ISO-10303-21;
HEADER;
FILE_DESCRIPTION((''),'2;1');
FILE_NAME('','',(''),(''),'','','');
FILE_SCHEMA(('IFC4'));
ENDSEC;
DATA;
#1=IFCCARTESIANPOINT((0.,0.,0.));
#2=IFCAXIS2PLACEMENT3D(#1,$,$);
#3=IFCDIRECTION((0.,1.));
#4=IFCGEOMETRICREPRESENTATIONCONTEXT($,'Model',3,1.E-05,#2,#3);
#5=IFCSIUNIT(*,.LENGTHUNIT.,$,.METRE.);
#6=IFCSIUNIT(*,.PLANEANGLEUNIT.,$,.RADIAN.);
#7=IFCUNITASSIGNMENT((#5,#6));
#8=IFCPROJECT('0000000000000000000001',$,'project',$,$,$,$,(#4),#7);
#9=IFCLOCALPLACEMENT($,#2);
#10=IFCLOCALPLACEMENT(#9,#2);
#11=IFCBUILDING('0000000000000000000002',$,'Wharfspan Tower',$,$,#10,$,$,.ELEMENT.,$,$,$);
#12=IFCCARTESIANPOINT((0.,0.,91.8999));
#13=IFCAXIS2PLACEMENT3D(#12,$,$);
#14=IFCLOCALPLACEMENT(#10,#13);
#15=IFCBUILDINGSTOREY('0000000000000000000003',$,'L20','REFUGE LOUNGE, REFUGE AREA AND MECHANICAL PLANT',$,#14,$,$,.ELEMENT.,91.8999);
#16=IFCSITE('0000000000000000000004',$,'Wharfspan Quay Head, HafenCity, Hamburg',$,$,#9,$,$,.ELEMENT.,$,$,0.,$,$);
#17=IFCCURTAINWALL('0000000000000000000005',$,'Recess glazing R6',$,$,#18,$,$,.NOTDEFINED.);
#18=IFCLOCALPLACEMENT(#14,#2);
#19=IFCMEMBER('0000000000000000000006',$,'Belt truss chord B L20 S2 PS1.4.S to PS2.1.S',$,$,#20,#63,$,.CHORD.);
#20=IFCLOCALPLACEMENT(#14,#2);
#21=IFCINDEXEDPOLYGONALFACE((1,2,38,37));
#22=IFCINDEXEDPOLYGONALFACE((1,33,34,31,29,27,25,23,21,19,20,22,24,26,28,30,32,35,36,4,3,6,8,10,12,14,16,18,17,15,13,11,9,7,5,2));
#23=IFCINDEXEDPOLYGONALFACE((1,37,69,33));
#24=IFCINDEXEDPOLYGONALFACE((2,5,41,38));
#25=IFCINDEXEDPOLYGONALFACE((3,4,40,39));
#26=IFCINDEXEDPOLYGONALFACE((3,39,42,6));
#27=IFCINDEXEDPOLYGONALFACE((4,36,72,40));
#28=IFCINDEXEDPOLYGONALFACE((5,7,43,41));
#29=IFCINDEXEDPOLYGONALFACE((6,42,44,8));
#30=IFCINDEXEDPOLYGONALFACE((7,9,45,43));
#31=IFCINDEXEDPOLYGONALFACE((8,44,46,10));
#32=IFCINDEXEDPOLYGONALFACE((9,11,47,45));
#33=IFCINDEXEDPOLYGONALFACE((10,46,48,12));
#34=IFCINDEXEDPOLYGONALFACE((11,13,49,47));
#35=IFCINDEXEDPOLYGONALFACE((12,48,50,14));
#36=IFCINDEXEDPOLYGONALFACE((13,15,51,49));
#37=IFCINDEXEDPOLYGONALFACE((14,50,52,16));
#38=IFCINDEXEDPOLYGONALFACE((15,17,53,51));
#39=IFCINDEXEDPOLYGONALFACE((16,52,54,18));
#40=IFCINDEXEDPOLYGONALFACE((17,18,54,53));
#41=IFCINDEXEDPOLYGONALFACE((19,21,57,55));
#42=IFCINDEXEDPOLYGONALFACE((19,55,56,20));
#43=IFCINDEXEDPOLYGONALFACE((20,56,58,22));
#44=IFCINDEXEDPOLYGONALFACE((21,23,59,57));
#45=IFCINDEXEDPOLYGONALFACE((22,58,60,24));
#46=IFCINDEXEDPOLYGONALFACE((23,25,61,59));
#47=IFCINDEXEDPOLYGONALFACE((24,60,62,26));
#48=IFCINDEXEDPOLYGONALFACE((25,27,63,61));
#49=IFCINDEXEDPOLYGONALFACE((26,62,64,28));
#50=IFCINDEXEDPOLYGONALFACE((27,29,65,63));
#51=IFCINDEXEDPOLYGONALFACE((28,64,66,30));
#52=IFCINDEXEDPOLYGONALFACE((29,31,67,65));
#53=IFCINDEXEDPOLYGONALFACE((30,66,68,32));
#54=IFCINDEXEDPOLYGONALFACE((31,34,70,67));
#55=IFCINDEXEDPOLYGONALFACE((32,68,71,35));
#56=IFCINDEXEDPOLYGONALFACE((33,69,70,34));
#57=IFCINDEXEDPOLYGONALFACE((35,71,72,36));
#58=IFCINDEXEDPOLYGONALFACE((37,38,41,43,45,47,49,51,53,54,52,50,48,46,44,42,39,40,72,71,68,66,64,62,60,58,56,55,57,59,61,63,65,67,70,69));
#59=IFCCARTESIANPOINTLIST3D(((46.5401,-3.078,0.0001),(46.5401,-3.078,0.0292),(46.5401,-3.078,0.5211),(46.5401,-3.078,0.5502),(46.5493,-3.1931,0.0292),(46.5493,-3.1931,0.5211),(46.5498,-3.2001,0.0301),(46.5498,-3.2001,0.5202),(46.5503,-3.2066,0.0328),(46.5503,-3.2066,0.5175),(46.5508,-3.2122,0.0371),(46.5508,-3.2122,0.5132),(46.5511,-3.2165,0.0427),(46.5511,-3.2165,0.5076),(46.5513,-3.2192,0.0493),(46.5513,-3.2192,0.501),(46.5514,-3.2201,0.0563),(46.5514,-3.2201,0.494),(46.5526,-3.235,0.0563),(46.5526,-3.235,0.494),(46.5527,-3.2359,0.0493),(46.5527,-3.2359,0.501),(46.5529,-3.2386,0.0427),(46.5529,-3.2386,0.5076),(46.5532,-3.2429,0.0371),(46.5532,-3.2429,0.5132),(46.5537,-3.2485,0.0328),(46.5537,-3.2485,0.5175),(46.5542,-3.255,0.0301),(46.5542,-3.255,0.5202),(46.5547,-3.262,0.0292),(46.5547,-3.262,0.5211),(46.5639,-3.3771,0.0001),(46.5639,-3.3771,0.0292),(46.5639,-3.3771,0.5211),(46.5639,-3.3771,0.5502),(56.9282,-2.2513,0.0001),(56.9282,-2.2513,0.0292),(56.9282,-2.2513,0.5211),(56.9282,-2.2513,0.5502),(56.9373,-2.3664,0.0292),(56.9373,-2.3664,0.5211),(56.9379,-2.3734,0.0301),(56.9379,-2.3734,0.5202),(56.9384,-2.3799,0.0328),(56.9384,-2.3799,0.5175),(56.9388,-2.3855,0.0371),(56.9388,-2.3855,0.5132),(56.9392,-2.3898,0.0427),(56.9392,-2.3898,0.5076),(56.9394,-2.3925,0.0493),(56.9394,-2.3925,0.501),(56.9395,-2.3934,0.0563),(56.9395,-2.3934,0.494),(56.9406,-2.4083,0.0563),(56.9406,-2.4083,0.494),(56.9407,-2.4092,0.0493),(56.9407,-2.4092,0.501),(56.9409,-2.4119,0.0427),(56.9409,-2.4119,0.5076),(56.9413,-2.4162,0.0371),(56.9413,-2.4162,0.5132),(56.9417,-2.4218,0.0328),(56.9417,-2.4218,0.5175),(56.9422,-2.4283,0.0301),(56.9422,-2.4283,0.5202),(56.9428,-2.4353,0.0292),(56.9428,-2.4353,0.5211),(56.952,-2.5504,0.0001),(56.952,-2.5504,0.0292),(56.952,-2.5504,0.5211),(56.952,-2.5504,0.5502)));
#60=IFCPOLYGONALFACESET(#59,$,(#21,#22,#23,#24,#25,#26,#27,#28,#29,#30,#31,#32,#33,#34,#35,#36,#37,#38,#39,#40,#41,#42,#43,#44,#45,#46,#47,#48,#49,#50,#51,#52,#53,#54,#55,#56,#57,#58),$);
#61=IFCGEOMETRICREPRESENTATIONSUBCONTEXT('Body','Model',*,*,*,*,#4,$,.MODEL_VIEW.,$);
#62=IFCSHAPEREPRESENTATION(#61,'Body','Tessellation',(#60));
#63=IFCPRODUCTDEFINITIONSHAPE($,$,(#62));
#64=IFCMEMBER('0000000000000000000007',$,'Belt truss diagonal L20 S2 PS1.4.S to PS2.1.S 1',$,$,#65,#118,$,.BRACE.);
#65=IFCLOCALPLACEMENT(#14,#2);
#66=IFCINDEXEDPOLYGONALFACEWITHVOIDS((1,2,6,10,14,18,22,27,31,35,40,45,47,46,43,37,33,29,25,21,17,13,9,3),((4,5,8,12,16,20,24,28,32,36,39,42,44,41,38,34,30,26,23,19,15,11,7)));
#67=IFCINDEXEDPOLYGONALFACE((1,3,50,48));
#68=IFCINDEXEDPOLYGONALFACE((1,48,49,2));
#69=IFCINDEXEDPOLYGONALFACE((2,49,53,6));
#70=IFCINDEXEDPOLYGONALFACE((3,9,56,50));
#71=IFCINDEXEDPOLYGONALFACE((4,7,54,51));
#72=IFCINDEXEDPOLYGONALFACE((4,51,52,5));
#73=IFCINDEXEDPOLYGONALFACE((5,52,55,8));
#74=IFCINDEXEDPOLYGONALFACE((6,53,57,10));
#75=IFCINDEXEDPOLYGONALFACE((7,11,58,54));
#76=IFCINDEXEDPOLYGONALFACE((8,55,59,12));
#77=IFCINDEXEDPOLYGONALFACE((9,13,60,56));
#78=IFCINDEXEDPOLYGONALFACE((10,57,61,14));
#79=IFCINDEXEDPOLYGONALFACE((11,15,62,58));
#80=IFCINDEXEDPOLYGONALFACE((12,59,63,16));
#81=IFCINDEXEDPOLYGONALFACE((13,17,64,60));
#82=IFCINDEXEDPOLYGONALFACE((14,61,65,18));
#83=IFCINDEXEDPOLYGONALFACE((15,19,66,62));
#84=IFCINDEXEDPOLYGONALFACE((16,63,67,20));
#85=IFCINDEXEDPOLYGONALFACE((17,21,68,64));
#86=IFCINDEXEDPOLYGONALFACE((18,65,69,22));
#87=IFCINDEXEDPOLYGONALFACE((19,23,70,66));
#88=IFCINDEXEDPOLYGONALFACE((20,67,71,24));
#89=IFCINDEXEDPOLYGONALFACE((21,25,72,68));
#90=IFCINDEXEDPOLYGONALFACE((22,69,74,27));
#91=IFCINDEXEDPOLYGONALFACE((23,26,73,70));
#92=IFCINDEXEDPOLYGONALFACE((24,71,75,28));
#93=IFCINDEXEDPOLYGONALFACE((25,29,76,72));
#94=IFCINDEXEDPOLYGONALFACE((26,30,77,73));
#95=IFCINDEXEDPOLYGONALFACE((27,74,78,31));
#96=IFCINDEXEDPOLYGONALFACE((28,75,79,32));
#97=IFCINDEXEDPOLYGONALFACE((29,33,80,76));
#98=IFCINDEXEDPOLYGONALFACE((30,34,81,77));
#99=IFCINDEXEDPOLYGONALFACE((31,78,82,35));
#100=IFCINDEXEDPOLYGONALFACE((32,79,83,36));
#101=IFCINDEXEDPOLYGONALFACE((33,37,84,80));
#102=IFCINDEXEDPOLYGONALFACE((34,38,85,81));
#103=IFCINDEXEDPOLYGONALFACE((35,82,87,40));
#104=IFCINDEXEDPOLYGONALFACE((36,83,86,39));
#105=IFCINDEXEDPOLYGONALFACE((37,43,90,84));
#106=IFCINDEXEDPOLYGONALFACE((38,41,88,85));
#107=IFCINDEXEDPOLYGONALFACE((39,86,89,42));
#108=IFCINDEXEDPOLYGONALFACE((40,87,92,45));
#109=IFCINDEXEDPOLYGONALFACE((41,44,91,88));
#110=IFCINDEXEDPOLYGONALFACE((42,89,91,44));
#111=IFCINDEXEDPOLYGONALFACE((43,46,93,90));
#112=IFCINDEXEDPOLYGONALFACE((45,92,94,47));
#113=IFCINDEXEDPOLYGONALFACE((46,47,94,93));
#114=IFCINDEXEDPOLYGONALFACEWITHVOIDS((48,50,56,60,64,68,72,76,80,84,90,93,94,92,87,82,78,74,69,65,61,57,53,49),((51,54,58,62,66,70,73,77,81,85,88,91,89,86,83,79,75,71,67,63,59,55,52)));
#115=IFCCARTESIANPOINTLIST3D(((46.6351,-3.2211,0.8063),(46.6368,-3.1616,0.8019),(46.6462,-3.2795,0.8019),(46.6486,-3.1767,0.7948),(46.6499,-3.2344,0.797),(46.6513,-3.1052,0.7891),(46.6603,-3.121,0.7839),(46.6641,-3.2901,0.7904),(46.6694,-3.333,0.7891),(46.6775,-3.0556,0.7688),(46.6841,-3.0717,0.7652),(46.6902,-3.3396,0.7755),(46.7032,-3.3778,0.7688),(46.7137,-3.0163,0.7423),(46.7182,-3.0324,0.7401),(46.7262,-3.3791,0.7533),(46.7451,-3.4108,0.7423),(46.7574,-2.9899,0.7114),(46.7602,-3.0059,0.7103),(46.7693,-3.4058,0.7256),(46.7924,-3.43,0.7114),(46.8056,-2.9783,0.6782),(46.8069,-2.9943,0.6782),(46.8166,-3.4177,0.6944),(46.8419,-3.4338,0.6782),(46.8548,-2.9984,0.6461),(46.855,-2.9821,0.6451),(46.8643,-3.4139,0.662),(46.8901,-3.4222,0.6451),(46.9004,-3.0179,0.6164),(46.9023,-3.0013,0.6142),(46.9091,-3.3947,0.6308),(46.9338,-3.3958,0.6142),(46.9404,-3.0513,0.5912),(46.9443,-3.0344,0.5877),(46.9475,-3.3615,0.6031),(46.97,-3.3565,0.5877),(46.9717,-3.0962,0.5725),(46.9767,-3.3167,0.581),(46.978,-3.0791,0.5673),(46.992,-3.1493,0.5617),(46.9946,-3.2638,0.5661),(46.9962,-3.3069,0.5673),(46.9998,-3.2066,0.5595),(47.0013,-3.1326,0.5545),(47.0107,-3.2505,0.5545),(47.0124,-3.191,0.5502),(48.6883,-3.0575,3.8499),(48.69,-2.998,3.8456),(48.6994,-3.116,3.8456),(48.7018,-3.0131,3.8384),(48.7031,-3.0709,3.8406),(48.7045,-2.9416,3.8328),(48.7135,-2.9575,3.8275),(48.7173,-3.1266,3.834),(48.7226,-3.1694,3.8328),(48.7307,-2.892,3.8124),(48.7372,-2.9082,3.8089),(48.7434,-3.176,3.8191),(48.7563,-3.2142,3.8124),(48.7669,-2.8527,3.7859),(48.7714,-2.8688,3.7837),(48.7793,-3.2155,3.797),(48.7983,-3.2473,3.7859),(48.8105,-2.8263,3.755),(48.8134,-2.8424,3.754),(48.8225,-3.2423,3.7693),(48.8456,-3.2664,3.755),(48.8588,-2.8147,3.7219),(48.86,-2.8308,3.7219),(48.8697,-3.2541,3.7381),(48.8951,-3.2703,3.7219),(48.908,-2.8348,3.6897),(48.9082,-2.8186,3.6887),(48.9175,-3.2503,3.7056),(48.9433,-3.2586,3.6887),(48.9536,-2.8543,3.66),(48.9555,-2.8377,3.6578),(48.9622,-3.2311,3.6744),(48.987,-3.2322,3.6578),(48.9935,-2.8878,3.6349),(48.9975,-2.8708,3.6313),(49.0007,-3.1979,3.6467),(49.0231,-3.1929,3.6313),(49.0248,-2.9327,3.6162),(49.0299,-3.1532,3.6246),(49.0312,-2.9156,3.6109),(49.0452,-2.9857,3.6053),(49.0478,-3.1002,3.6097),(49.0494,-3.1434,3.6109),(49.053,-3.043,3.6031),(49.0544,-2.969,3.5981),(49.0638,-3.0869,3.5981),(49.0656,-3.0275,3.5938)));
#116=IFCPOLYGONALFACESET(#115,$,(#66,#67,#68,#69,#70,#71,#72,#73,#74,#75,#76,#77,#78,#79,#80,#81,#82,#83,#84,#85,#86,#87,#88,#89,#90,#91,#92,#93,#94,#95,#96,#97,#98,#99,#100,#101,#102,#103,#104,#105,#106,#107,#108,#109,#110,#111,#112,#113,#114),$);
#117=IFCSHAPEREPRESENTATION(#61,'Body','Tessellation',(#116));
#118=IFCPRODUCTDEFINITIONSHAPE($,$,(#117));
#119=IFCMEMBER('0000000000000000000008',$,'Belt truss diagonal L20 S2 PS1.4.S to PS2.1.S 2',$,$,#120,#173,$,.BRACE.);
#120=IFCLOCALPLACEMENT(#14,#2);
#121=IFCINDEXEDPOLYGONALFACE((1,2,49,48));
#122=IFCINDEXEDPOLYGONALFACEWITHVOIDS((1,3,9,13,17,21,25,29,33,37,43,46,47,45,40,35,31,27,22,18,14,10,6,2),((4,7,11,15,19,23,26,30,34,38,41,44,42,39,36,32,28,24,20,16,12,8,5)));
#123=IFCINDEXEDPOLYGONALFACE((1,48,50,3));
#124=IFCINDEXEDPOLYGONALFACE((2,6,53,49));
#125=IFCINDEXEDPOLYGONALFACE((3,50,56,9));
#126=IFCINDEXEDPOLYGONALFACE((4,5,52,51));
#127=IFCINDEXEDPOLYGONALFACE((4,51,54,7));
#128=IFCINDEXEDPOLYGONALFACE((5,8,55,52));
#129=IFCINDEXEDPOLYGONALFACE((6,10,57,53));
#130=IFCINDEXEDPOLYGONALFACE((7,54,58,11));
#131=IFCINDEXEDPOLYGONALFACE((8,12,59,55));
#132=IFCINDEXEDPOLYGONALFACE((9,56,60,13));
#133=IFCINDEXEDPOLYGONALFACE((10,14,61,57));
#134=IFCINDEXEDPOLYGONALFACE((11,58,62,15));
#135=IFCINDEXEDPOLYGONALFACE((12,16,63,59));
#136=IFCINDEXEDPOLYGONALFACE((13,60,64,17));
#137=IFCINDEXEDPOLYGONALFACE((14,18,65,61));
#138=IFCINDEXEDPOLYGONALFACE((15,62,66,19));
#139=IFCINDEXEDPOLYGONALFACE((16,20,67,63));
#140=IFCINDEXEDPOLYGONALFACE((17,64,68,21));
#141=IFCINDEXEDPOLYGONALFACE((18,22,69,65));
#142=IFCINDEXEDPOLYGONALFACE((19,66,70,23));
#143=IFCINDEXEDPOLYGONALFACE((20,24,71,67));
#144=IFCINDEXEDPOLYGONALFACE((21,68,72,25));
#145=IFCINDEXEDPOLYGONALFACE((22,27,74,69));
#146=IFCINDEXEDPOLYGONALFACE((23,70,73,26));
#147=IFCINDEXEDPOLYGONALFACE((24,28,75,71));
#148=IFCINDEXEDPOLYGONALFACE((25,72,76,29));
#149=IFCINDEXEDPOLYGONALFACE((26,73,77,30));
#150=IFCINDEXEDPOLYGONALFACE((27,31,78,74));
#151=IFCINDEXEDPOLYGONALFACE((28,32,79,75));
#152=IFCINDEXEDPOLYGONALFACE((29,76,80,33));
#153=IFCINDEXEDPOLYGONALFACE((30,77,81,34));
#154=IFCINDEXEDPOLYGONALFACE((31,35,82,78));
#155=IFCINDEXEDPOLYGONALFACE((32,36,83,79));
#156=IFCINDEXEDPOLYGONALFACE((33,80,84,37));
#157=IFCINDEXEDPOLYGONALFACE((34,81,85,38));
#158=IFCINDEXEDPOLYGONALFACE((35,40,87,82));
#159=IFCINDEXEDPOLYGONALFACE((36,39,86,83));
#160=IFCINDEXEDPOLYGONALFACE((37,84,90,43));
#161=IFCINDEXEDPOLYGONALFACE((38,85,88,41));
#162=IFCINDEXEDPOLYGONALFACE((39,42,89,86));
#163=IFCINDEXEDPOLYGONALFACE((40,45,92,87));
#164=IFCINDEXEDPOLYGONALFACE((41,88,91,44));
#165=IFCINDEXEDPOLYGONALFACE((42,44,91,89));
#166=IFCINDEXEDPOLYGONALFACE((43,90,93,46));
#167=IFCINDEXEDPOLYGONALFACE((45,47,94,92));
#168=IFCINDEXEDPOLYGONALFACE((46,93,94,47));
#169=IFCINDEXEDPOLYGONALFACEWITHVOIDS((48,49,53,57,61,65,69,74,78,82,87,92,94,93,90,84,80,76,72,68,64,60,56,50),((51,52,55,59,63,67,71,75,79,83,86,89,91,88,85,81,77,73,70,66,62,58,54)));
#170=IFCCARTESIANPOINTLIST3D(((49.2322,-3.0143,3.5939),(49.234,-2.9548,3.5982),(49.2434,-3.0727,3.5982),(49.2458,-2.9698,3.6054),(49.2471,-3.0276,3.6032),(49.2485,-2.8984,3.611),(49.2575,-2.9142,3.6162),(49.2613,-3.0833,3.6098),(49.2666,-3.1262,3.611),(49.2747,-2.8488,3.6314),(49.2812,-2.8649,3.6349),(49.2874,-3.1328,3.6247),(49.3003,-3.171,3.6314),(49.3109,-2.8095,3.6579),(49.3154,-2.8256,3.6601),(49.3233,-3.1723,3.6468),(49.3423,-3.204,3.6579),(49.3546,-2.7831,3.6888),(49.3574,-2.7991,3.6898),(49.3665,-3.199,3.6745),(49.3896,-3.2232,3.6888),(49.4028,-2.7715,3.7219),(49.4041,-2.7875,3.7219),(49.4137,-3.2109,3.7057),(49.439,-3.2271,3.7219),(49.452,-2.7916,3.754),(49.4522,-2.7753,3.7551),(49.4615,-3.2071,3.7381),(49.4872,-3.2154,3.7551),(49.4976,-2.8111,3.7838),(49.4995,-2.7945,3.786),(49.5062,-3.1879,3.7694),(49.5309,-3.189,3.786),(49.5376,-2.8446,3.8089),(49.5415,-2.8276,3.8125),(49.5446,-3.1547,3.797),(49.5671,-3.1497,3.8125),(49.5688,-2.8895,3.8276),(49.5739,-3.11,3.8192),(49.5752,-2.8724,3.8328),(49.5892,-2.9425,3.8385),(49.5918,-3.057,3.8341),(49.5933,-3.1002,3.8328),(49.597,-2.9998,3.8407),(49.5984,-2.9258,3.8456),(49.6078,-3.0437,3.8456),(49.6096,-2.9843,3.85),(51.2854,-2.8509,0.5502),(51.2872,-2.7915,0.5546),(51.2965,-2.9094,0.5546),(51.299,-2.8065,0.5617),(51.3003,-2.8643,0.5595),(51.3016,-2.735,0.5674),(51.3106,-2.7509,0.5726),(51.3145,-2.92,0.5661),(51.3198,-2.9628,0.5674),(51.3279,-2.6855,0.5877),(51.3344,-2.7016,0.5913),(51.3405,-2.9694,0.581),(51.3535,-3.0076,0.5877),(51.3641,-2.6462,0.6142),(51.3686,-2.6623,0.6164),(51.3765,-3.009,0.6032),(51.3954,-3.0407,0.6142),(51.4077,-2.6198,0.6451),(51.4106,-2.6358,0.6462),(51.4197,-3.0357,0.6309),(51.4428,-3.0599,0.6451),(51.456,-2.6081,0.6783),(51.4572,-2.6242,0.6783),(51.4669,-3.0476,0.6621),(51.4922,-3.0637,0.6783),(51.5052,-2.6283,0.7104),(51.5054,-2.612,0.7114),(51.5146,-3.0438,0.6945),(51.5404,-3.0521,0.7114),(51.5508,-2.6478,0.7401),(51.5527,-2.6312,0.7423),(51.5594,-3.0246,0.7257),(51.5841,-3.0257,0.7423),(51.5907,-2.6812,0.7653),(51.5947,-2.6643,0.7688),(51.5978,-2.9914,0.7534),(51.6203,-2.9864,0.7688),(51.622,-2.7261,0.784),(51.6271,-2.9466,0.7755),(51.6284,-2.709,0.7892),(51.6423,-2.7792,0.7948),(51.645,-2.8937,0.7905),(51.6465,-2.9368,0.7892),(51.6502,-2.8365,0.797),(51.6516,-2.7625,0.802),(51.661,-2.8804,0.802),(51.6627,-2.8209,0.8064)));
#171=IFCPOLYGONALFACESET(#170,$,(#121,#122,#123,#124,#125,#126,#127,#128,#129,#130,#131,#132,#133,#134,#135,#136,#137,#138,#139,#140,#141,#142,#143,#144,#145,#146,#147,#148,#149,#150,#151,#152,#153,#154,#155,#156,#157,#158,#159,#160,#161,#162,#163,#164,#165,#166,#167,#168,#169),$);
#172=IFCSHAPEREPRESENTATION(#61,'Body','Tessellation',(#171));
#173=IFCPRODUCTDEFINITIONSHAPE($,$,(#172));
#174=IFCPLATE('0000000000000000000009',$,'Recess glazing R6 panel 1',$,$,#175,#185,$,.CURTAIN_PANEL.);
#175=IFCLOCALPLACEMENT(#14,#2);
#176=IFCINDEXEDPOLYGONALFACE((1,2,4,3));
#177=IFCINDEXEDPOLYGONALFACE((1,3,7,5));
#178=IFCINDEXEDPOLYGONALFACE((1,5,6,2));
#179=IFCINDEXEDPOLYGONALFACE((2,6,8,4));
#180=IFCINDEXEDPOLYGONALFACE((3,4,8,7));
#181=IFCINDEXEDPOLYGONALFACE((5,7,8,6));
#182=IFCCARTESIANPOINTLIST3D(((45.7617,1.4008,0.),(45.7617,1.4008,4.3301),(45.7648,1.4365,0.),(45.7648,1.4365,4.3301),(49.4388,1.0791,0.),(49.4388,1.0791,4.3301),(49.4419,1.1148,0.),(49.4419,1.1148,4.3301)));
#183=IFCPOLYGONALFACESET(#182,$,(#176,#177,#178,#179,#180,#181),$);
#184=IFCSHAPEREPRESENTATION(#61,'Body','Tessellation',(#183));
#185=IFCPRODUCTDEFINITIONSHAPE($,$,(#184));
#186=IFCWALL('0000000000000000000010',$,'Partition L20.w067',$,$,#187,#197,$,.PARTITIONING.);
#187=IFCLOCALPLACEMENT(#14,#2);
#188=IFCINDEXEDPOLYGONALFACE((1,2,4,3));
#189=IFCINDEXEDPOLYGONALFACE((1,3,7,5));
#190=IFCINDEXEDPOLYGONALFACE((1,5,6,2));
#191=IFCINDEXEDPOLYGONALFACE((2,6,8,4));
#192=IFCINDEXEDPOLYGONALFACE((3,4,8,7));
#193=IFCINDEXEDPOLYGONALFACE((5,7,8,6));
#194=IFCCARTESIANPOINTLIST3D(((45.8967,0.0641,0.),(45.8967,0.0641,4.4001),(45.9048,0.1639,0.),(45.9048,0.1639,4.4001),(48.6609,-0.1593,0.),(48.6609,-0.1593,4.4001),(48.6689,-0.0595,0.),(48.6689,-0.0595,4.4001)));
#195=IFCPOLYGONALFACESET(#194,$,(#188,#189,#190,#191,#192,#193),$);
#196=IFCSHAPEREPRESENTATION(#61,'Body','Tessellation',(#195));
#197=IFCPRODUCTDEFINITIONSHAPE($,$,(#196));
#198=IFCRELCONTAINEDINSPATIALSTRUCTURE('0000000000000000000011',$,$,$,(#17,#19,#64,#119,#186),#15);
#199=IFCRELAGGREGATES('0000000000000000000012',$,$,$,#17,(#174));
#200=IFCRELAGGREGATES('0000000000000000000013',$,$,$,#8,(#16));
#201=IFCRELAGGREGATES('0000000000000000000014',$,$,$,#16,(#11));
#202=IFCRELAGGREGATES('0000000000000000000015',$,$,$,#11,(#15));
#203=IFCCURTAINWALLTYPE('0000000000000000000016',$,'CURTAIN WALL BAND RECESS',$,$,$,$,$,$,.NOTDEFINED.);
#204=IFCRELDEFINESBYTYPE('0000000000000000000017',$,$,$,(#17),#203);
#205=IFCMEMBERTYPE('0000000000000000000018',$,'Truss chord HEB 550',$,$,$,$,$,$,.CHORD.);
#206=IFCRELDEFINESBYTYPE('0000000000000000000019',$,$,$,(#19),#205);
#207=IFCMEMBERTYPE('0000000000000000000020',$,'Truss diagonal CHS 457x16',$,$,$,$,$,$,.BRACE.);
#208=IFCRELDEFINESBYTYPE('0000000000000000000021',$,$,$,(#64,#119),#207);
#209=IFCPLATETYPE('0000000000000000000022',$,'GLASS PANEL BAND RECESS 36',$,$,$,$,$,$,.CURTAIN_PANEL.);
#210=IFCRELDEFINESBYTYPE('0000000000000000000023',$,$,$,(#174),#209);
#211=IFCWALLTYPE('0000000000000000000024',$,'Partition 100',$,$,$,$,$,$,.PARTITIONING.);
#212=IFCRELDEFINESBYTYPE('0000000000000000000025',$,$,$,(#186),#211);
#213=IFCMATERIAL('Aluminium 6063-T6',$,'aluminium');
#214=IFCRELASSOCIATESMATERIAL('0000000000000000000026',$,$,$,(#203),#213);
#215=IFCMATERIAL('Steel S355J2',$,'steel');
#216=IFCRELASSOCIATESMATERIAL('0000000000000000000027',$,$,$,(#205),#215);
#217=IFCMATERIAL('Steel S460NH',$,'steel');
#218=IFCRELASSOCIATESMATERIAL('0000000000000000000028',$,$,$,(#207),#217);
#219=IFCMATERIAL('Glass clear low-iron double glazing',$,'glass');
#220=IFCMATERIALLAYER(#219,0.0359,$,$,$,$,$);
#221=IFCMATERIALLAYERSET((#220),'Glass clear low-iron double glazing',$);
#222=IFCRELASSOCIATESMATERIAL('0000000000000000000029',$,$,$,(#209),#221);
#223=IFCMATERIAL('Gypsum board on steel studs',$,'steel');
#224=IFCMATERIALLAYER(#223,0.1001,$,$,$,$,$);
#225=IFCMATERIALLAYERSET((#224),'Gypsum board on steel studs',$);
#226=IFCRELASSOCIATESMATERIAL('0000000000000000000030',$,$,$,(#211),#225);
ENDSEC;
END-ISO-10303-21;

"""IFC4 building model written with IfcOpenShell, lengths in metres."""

from ifc_helpers import new_model, si_unit, direction, frame, frame_2d, origin, origin_2d, place, context, subcontext, project, spatial, rectangle, hollow_circle, i_section, extrude, material, layer, layer_set, material_profile, profile_set, type_object, element, aggregate, save


model = new_model("IFC4")

# Units and contexts
model_context = context("Model", 3, precision=1e-05, world=origin(), true_north=direction((0.0, 1.0)))
body_context = subcontext(model_context, "Body", "Model", "MODEL_VIEW")
ifc_project = project(units=[si_unit("LENGTHUNIT", "METRE"), si_unit("PLANEANGLEUNIT", "RADIAN")], contexts=[model_context])

# Site, building, storey
site_placement = place(None, origin())
site = spatial("IfcSite", under=ifc_project, at=site_placement, Name="Wharfspan Quay Head, HafenCity, Hamburg", CompositionType="ELEMENT", RefElevation=0.0)
building_placement = place(site_placement, origin())
building = spatial("IfcBuilding", under=site, at=building_placement, Name="Wharfspan Tower", CompositionType="ELEMENT")
storey_placement = place(building_placement, frame((0.0, 0.0, 91.8999)))
storey = spatial("IfcBuildingStorey", under=building, at=storey_placement, Name="L20", Description="REFUGE LOUNGE, REFUGE AREA AND MECHANICAL PLANT", CompositionType="ELEMENT", Elevation=91.8999)

# Shared definitions
ifc_material_1 = material(Name="Steel S355J2", Category="steel")

# Shared definitions
ifc_material_2 = material(Name="Aluminium 6063-T6", Category="aluminium")
curtain_wall_type = type_object("IfcCurtainWallType", Name="CURTAIN WALL BAND RECESS", PredefinedType="NOTDEFINED", material=ifc_material_2)

# Curtain wall
curtain_wall_1_placement = place(storey_placement, origin())
curtain_wall_1 = element("IfcCurtainWall", 1, at=curtain_wall_1_placement, inside=storey, type_object=curtain_wall_type, Name="Recess glazing R6", PredefinedType="NOTDEFINED")

# Members
ifc_material_profile_1 = material_profile(ifc_material_1, i_section(OverallWidth=0.3, OverallDepth=0.55, WebThickness=0.0149, FlangeThickness=0.0291, FilletRadius=0.0271, at=origin_2d()))
ifc_profile_set_1 = profile_set([ifc_material_profile_1], Name="Steel S355J2")
member_type_1 = type_object("IfcMemberType", Name="Truss chord HEB 550", PredefinedType="CHORD", material=ifc_profile_set_1)
for number, where, z_axis, x_axis, name in (
    (2, (46.552, -3.2275, 0.2751), (0.996849, 0.079328, 0.0), (-0.079328, 0.996849, 0.0), "Belt truss chord B L20 S2 PS1.4.S to PS2.1.S"),
):
    element("IfcMember", number, at=place(storey_placement, frame(where, z_axis=z_axis, x_axis=x_axis)), inside=storey, type_object=member_type_1, Name=name, PredefinedType="CHORD", context=body_context, shape_type="SweptSolid", body=[
        extrude(i_section(OverallWidth=0.3, OverallDepth=0.55, WebThickness=0.0149, FlangeThickness=0.0291, FilletRadius=0.0271, at=origin_2d()), origin(), (0.0, 0.0, 1.0), 10.4209),
    ])
ifc_material_3 = material(Name="Steel S460NH", Category="steel")
ifc_material_profile_2 = material_profile(ifc_material_3, hollow_circle(Radius=0.2285, WallThickness=0.0161, at=origin_2d()))
ifc_profile_set_2 = profile_set([ifc_material_profile_2], Name="Steel S460NH")
member_type_2 = type_object("IfcMemberType", Name="Truss diagonal CHS 457x16", PredefinedType="BRACE", material=ifc_profile_set_2)
for number, where, z_axis, x_axis, name in (
    (3, (46.8237, -3.2061, 0.6782), (0.55868, 0.044508, 0.828188), (-0.079415, 0.996845, 0.0), "Belt truss diagonal L20 S2 PS1.4.S to PS2.1.S 1"),
    (4, (49.4209, -2.9993, 3.7219), (0.558682, 0.044442, -0.828191), (-0.079299, 0.996852, -0.000001), "Belt truss diagonal L20 S2 PS1.4.S to PS2.1.S 2"),
):
    element("IfcMember", number, at=place(storey_placement, frame(where, z_axis=z_axis, x_axis=x_axis)), inside=storey, type_object=member_type_2, Name=name, PredefinedType="BRACE", context=body_context, shape_type="SweptSolid", body=[
        extrude(hollow_circle(Radius=0.2285, WallThickness=0.0161, at=origin_2d()), origin(), (0.0, 0.0, 1.0), 3.675),
    ])

# Plate
ifc_material_4 = material(Name="Glass clear low-iron double glazing", Category="glass")
ifc_layer_1 = layer(ifc_material_4, 0.0359)
ifc_layer_set_1 = layer_set([ifc_layer_1], Name="Glass clear low-iron double glazing")
plate_type = type_object("IfcPlateType", Name="GLASS PANEL BAND RECESS 36", PredefinedType="CURTAIN_PANEL", material=ifc_layer_set_1)
plate_placement = place(storey_placement, frame((47.6018, 1.2578, 0.0), z_axis=(0.0, 0.0, 1.0), x_axis=(-0.996198, 0.087156, 0.0)))
plate = element("IfcPlate", 5, at=plate_placement, type_object=plate_type, Name="Recess glazing R6 panel 1", PredefinedType="CURTAIN_PANEL", context=body_context, shape_type="SweptSolid", body=[
    extrude(rectangle(XDim=3.6912, YDim=0.0359, at=origin_2d()), origin(), (0.0, 0.0, 1.0), 4.3301),
])
aggregate(curtain_wall_1, [plate])

# Wall
ifc_material_5 = material(Name="Gypsum board on steel studs", Category="steel")
ifc_layer_2 = layer(ifc_material_5, 0.1001)
ifc_layer_set_2 = layer_set([ifc_layer_2], Name="Gypsum board on steel studs")
wall_type_1 = type_object("IfcWallType", Name="Partition 100", PredefinedType="PARTITIONING", material=ifc_layer_set_2)
wall_1_placement = place(storey_placement, frame((48.665, -0.1094, 0.0), z_axis=(0.0, 0.0, 1.0), x_axis=(-0.996746, 0.080553, 0.0)))
element("IfcWall", 6, at=wall_1_placement, inside=storey, type_object=wall_type_1, Name="Partition L20.w067", PredefinedType="PARTITIONING", context=body_context, shape_type="SweptSolid", body=[
    extrude(rectangle(XDim=2.7732, YDim=0.1001, at=frame_2d((1.3867, 0.0))), origin(), (0.0, 0.0, 1.0), 4.4001),
])

save(model, "model.ifc")
